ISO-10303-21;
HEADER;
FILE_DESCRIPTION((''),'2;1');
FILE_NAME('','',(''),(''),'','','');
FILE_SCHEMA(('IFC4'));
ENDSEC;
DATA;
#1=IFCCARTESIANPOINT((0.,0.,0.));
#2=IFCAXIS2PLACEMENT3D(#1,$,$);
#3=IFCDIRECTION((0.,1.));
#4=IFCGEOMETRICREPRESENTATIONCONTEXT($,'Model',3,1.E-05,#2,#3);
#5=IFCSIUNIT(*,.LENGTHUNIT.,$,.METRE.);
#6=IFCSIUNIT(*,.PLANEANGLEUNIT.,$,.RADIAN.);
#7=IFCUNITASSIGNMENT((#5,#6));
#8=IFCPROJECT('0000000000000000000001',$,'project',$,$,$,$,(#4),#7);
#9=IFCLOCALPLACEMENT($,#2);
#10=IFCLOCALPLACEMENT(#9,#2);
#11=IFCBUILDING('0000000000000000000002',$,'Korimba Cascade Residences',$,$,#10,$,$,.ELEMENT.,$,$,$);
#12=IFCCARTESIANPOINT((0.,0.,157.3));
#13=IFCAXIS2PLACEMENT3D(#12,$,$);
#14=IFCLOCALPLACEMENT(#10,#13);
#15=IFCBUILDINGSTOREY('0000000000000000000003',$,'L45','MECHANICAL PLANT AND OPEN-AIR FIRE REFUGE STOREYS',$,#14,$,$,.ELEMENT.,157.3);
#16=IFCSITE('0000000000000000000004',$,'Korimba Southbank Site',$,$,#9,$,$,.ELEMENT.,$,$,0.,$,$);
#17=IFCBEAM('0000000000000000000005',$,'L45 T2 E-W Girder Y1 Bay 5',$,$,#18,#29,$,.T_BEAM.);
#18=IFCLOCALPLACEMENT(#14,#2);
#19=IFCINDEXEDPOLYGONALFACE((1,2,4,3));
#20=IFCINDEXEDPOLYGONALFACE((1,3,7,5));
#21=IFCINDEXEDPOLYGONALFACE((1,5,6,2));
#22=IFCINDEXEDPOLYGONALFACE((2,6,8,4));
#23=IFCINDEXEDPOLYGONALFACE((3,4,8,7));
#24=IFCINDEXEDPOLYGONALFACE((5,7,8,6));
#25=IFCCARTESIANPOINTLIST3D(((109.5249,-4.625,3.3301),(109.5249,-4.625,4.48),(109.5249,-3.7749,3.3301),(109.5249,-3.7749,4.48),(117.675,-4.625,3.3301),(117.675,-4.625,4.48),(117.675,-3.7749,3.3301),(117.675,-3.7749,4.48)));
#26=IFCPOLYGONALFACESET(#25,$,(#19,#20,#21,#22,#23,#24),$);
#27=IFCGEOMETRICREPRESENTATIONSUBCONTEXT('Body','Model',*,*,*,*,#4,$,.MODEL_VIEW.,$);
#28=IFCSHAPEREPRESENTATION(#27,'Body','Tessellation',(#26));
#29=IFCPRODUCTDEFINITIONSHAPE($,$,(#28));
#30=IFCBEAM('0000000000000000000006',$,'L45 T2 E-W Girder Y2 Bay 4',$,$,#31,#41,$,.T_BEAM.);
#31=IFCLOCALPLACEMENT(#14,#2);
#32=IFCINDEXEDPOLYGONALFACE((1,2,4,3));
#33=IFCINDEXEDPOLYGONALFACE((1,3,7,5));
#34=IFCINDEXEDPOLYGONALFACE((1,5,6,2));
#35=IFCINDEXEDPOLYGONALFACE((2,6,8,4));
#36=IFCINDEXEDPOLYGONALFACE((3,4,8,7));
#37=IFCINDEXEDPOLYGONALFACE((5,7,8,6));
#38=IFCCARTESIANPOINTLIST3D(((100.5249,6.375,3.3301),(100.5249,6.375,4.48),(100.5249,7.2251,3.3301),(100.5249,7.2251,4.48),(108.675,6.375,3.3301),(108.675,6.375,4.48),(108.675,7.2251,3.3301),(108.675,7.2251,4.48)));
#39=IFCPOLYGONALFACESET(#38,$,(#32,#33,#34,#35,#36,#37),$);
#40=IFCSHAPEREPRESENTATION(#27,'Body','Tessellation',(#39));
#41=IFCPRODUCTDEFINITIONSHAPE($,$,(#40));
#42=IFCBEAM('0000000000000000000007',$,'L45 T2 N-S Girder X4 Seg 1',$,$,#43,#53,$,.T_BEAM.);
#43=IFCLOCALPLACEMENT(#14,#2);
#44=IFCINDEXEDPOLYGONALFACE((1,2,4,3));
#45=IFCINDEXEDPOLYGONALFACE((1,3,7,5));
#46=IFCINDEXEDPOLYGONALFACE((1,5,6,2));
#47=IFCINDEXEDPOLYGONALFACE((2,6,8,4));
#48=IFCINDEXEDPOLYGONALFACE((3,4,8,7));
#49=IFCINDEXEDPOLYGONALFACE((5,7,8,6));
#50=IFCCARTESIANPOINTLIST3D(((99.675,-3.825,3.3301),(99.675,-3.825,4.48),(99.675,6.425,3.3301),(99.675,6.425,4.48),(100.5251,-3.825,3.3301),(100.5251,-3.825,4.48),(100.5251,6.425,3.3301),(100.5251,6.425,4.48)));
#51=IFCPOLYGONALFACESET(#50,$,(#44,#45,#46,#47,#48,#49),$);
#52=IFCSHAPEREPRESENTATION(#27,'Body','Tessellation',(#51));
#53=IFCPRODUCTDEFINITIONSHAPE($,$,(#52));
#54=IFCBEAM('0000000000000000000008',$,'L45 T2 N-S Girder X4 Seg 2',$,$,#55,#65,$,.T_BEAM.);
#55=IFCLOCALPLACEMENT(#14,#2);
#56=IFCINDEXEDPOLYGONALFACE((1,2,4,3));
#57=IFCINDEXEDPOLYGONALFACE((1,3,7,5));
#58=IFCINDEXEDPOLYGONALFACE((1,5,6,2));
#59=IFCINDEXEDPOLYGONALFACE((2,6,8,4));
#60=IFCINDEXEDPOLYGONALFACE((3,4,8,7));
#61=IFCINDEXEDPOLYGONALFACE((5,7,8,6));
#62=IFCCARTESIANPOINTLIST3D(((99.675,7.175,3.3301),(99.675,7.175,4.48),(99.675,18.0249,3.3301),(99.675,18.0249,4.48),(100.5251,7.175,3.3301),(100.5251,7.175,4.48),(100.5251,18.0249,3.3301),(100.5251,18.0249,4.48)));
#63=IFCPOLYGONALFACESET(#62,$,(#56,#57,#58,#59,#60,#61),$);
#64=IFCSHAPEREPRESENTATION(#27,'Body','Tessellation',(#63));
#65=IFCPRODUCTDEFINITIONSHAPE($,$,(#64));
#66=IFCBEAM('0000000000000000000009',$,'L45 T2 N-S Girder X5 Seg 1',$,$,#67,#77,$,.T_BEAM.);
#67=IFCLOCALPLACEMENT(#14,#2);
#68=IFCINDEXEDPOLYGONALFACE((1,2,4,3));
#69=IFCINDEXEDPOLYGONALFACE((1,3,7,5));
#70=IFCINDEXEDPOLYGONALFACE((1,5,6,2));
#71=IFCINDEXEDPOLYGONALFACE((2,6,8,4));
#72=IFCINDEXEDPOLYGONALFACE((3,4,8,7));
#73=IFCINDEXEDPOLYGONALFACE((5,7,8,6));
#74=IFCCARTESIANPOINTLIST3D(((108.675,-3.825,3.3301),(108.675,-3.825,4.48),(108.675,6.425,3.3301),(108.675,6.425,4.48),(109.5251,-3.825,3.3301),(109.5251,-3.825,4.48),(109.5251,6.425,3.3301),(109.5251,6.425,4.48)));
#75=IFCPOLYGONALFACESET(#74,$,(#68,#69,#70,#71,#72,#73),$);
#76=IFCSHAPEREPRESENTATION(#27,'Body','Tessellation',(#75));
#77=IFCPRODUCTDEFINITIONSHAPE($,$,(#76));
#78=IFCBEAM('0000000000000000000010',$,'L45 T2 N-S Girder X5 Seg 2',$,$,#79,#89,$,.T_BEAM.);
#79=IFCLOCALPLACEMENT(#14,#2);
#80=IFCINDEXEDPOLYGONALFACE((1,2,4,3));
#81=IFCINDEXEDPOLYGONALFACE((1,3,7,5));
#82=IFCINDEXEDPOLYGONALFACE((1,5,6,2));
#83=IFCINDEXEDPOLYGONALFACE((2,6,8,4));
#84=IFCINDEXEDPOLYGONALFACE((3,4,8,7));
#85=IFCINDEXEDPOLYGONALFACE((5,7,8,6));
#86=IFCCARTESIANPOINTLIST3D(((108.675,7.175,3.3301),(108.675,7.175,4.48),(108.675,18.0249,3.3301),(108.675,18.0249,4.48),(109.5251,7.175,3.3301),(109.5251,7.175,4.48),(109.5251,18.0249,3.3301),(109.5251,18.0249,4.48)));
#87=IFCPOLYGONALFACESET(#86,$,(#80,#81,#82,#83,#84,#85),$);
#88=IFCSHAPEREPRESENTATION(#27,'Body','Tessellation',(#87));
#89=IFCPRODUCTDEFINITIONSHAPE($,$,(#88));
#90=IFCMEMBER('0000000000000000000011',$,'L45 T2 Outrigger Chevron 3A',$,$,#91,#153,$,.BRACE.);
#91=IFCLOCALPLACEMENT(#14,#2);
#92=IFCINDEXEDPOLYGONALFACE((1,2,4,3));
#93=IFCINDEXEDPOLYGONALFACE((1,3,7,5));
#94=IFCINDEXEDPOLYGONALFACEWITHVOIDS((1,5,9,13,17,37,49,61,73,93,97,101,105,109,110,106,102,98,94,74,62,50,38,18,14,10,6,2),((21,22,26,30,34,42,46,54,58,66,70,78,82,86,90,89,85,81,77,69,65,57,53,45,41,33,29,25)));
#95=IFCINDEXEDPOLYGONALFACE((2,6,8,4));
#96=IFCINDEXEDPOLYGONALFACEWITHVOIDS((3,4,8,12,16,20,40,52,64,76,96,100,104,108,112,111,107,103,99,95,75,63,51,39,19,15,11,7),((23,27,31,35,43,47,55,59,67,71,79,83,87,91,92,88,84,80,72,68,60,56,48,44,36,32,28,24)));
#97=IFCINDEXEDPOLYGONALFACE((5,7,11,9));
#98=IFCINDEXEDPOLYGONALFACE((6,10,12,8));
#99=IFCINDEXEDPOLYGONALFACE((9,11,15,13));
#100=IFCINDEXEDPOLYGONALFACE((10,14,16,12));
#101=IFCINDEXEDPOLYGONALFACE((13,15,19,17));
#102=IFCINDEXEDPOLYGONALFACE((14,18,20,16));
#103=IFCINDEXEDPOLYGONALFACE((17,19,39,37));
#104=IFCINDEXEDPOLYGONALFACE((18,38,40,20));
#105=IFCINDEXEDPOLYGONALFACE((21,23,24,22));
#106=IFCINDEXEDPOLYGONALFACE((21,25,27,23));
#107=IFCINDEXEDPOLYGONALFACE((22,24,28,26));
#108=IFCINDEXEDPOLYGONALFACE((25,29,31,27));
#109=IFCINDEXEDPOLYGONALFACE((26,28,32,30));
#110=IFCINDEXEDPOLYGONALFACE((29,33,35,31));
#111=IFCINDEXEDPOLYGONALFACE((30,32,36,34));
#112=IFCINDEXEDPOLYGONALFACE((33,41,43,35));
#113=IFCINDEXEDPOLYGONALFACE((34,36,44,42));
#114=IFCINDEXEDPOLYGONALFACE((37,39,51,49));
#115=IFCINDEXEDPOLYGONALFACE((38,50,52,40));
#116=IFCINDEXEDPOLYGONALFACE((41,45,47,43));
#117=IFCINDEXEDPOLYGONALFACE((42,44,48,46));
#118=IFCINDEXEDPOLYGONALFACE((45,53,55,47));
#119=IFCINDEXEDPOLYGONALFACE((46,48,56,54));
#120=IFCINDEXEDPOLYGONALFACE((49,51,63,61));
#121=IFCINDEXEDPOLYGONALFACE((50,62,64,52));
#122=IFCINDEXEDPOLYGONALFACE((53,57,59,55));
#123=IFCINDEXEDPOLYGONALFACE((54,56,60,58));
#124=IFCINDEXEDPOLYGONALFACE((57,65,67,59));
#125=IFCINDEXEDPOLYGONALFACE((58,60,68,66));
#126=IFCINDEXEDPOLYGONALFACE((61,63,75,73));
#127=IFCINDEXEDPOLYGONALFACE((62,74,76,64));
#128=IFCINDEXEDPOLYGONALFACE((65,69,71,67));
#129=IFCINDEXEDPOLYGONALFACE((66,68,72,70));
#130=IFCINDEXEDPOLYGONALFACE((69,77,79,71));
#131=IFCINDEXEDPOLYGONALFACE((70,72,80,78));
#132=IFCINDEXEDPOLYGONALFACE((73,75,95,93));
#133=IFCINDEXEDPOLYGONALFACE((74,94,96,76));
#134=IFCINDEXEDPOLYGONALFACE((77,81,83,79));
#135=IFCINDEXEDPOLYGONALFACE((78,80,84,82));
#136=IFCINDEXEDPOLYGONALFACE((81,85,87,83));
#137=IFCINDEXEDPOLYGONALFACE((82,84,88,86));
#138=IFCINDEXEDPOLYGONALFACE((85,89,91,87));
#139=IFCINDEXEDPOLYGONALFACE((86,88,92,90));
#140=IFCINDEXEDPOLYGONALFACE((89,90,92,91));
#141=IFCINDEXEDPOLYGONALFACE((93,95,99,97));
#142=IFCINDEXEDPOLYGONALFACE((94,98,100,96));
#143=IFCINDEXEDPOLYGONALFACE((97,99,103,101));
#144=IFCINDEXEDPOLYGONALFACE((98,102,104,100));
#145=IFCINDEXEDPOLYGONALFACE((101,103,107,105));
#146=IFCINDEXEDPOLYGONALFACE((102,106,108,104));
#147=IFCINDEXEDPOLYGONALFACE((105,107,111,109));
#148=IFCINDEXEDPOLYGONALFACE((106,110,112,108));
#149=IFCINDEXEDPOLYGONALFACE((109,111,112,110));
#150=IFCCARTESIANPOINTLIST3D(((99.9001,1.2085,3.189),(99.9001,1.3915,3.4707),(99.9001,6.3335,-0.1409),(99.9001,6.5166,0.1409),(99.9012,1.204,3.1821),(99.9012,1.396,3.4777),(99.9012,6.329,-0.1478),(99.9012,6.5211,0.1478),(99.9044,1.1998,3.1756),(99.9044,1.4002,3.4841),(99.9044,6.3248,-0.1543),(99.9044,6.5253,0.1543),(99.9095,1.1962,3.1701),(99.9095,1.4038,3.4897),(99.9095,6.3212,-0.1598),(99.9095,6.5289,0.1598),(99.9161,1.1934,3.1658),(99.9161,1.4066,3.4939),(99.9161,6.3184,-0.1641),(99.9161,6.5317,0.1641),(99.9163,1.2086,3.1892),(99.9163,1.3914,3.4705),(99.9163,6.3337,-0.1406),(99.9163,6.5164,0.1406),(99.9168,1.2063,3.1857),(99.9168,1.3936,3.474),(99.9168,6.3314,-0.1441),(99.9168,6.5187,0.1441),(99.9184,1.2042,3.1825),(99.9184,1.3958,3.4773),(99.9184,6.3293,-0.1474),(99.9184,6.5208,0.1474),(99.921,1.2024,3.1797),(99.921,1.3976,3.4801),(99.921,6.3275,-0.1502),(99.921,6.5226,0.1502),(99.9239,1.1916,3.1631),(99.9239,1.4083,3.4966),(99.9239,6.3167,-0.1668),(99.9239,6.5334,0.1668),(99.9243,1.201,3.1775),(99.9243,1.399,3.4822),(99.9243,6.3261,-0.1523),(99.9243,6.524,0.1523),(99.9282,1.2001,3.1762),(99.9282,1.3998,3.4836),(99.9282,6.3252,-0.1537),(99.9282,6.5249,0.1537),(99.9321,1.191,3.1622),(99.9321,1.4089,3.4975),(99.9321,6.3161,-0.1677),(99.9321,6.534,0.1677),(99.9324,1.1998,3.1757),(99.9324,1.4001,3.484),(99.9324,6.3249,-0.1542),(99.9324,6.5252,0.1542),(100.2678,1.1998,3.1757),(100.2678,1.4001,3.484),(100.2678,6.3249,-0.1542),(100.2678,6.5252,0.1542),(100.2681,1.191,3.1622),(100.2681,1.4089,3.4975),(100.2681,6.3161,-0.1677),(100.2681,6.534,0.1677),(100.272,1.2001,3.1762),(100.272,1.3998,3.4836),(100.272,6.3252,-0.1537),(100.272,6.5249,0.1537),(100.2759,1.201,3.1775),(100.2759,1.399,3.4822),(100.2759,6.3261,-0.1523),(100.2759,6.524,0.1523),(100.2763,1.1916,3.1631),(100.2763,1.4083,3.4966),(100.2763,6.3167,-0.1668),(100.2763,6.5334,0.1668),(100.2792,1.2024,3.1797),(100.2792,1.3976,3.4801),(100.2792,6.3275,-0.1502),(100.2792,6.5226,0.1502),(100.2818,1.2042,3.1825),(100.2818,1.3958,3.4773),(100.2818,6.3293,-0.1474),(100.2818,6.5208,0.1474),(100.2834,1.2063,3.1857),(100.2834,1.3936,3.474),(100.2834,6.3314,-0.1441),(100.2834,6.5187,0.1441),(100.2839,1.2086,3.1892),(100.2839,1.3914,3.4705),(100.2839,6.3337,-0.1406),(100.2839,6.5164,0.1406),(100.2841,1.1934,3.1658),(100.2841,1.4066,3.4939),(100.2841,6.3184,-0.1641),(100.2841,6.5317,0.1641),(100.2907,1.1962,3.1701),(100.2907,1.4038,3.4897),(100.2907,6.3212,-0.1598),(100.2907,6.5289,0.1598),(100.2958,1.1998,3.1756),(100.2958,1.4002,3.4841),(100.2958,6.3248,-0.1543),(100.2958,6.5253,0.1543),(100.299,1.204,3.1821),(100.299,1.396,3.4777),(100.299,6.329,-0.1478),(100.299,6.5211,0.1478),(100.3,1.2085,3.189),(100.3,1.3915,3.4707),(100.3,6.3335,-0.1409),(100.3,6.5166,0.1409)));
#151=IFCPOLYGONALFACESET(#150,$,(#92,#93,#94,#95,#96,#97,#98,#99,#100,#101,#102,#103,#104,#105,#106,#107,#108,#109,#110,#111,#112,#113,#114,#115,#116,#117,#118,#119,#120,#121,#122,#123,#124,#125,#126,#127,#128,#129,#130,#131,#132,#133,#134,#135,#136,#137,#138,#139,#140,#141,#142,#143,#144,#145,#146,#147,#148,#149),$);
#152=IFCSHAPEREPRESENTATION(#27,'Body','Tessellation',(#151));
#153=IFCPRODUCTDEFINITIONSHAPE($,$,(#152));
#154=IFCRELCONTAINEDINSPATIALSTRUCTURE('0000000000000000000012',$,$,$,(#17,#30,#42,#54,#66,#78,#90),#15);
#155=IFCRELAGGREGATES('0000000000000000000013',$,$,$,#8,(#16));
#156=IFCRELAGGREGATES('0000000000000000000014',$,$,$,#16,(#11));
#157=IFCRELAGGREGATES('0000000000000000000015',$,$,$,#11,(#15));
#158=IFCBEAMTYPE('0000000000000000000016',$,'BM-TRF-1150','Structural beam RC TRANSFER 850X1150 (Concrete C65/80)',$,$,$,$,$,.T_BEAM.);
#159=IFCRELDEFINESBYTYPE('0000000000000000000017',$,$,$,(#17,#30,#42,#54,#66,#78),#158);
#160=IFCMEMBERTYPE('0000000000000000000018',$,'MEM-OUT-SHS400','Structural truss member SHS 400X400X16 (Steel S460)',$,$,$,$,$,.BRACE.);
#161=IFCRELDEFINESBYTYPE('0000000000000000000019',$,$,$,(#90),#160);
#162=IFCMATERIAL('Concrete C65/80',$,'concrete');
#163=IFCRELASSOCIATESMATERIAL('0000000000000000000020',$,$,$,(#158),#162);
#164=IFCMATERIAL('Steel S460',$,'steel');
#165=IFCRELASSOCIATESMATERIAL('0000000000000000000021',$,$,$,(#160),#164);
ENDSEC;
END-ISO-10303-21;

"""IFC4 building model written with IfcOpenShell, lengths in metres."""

from ifc_helpers import new_model, si_unit, direction, frame, origin, origin_2d, place, context, subcontext, project, spatial, rectangle, hollow_rectangle, extrude, material, material_profile, profile_set, type_object, element, save


model = new_model("IFC4")

# Units and contexts
model_context = context("Model", 3, precision=1e-05, world=origin(), true_north=direction((0.0, 1.0)))
body_context = subcontext(model_context, "Body", "Model", "MODEL_VIEW")
ifc_project = project(units=[si_unit("LENGTHUNIT", "METRE"), si_unit("PLANEANGLEUNIT", "RADIAN")], contexts=[model_context])

# Site, building, storey
site_placement = place(None, origin())
site = spatial("IfcSite", under=ifc_project, at=site_placement, Name="Korimba Southbank Site", CompositionType="ELEMENT", RefElevation=0.0)
building_placement = place(site_placement, origin())
building = spatial("IfcBuilding", under=site, at=building_placement, Name="Korimba Cascade Residences", CompositionType="ELEMENT")
storey_placement = place(building_placement, frame((0.0, 0.0, 157.3)))
storey = spatial("IfcBuildingStorey", under=building, at=storey_placement, Name="L45", Description="MECHANICAL PLANT AND OPEN-AIR FIRE REFUGE STOREYS", CompositionType="ELEMENT", Elevation=157.3)

# Shared definitions
ifc_material_1 = material(Name="Concrete C65/80", Category="concrete")

# Beams
ifc_material_profile_1 = material_profile(ifc_material_1, rectangle(XDim=0.8501, YDim=1.1499, at=origin_2d()), Name="Concrete C65/80")
ifc_profile_set_1 = profile_set([ifc_material_profile_1], Name="Concrete C65/80")
beam_type_1 = type_object("IfcBeamType", Name="BM-TRF-1150", Description="Structural beam RC TRANSFER 850X1150 (Concrete C65/80)", PredefinedType="T_BEAM", material=ifc_profile_set_1)
for number, where, z_axis, x_axis, name in (
    (1, (109.5249, -4.2, 3.905), (1.0, 0.0, 0.0), (0.0, 1.0, 0.0), "L45 T2 E-W Girder Y1 Bay 5"),
    (2, (100.5249, 6.8, 3.905), (1.0, 0.0, 0.0), (0.0, 1.0, 0.0), "L45 T2 E-W Girder Y2 Bay 4"),
):
    element("IfcBeam", number, at=place(storey_placement, frame(where, z_axis=z_axis, x_axis=x_axis)), inside=storey, type_object=beam_type_1, Name=name, PredefinedType="T_BEAM", context=body_context, shape_type="SweptSolid", body=[
        extrude(rectangle(XDim=0.8501, YDim=1.1499, at=origin_2d()), origin(), (0.0, 0.0, 1.0), 8.1501),
    ])
beam_1_placement = place(storey_placement, frame((100.1001, -3.825, 3.905), z_axis=(0.0, 1.0, 0.0), x_axis=(-1.0, 0.0, 0.0)))
element("IfcBeam", 3, at=beam_1_placement, inside=storey, type_object=beam_type_1, Name="L45 T2 N-S Girder X4 Seg 1", PredefinedType="T_BEAM", context=body_context, shape_type="SweptSolid", body=[
    extrude(rectangle(XDim=0.8501, YDim=1.1499, at=origin_2d()), origin(), (0.0, 0.0, 1.0), 10.25),
])
beam_2_placement = place(storey_placement, frame((100.1001, 7.175, 3.905), z_axis=(0.0, 1.0, 0.0), x_axis=(-1.0, 0.0, 0.0)))
element("IfcBeam", 4, at=beam_2_placement, inside=storey, type_object=beam_type_1, Name="L45 T2 N-S Girder X4 Seg 2", PredefinedType="T_BEAM", context=body_context, shape_type="SweptSolid", body=[
    extrude(rectangle(XDim=0.8501, YDim=1.1499, at=origin_2d()), origin(), (0.0, 0.0, 1.0), 10.8499),
])
beam_3_placement = place(storey_placement, frame((109.1001, -3.825, 3.905), z_axis=(0.0, 1.0, 0.0), x_axis=(-1.0, 0.0, 0.0)))
element("IfcBeam", 5, at=beam_3_placement, inside=storey, type_object=beam_type_1, Name="L45 T2 N-S Girder X5 Seg 1", PredefinedType="T_BEAM", context=body_context, shape_type="SweptSolid", body=[
    extrude(rectangle(XDim=0.8501, YDim=1.1499, at=origin_2d()), origin(), (0.0, 0.0, 1.0), 10.25),
])
beam_4_placement = place(storey_placement, frame((109.1001, 7.175, 3.905), z_axis=(0.0, 1.0, 0.0), x_axis=(-1.0, 0.0, 0.0)))
element("IfcBeam", 6, at=beam_4_placement, inside=storey, type_object=beam_type_1, Name="L45 T2 N-S Girder X5 Seg 2", PredefinedType="T_BEAM", context=body_context, shape_type="SweptSolid", body=[
    extrude(rectangle(XDim=0.8501, YDim=1.1499, at=origin_2d()), origin(), (0.0, 0.0, 1.0), 10.8499),
])

# Member
ifc_material_2 = material(Name="Steel S460", Category="steel")
ifc_material_profile_2 = material_profile(ifc_material_2, hollow_rectangle(XDim=0.3999, YDim=0.3999, WallThickness=0.0161, InnerFilletRadius=0.0161, OuterFilletRadius=0.032, at=origin_2d()), Name="Steel S460")
ifc_profile_set_2 = profile_set([ifc_material_profile_2], Name="Steel S460")
member_type = type_object("IfcMemberType", Name="MEM-OUT-SHS400", Description="Structural truss member SHS 400X400X16 (Steel S460)", PredefinedType="BRACE", material=ifc_profile_set_2)
for number, where, z_axis, x_axis, name in (
    (7, (100.1001, 6.425, 0.0), (0.0, -0.838549, 0.544825), (1.0, 0.0, 0.0), "L45 T2 Outrigger Chevron 3A"),
):
    element("IfcMember", number, at=place(storey_placement, frame(where, z_axis=z_axis, x_axis=x_axis)), inside=storey, type_object=member_type, Name=name, PredefinedType="BRACE", context=body_context, shape_type="SweptSolid", body=[
        extrude(hollow_rectangle(XDim=0.3999, YDim=0.3999, WallThickness=0.0161, InnerFilletRadius=0.0161, OuterFilletRadius=0.032, at=origin_2d()), origin(), (0.0, 0.0, 1.0), 6.1118),
    ])

save(model, "model.ifc")
